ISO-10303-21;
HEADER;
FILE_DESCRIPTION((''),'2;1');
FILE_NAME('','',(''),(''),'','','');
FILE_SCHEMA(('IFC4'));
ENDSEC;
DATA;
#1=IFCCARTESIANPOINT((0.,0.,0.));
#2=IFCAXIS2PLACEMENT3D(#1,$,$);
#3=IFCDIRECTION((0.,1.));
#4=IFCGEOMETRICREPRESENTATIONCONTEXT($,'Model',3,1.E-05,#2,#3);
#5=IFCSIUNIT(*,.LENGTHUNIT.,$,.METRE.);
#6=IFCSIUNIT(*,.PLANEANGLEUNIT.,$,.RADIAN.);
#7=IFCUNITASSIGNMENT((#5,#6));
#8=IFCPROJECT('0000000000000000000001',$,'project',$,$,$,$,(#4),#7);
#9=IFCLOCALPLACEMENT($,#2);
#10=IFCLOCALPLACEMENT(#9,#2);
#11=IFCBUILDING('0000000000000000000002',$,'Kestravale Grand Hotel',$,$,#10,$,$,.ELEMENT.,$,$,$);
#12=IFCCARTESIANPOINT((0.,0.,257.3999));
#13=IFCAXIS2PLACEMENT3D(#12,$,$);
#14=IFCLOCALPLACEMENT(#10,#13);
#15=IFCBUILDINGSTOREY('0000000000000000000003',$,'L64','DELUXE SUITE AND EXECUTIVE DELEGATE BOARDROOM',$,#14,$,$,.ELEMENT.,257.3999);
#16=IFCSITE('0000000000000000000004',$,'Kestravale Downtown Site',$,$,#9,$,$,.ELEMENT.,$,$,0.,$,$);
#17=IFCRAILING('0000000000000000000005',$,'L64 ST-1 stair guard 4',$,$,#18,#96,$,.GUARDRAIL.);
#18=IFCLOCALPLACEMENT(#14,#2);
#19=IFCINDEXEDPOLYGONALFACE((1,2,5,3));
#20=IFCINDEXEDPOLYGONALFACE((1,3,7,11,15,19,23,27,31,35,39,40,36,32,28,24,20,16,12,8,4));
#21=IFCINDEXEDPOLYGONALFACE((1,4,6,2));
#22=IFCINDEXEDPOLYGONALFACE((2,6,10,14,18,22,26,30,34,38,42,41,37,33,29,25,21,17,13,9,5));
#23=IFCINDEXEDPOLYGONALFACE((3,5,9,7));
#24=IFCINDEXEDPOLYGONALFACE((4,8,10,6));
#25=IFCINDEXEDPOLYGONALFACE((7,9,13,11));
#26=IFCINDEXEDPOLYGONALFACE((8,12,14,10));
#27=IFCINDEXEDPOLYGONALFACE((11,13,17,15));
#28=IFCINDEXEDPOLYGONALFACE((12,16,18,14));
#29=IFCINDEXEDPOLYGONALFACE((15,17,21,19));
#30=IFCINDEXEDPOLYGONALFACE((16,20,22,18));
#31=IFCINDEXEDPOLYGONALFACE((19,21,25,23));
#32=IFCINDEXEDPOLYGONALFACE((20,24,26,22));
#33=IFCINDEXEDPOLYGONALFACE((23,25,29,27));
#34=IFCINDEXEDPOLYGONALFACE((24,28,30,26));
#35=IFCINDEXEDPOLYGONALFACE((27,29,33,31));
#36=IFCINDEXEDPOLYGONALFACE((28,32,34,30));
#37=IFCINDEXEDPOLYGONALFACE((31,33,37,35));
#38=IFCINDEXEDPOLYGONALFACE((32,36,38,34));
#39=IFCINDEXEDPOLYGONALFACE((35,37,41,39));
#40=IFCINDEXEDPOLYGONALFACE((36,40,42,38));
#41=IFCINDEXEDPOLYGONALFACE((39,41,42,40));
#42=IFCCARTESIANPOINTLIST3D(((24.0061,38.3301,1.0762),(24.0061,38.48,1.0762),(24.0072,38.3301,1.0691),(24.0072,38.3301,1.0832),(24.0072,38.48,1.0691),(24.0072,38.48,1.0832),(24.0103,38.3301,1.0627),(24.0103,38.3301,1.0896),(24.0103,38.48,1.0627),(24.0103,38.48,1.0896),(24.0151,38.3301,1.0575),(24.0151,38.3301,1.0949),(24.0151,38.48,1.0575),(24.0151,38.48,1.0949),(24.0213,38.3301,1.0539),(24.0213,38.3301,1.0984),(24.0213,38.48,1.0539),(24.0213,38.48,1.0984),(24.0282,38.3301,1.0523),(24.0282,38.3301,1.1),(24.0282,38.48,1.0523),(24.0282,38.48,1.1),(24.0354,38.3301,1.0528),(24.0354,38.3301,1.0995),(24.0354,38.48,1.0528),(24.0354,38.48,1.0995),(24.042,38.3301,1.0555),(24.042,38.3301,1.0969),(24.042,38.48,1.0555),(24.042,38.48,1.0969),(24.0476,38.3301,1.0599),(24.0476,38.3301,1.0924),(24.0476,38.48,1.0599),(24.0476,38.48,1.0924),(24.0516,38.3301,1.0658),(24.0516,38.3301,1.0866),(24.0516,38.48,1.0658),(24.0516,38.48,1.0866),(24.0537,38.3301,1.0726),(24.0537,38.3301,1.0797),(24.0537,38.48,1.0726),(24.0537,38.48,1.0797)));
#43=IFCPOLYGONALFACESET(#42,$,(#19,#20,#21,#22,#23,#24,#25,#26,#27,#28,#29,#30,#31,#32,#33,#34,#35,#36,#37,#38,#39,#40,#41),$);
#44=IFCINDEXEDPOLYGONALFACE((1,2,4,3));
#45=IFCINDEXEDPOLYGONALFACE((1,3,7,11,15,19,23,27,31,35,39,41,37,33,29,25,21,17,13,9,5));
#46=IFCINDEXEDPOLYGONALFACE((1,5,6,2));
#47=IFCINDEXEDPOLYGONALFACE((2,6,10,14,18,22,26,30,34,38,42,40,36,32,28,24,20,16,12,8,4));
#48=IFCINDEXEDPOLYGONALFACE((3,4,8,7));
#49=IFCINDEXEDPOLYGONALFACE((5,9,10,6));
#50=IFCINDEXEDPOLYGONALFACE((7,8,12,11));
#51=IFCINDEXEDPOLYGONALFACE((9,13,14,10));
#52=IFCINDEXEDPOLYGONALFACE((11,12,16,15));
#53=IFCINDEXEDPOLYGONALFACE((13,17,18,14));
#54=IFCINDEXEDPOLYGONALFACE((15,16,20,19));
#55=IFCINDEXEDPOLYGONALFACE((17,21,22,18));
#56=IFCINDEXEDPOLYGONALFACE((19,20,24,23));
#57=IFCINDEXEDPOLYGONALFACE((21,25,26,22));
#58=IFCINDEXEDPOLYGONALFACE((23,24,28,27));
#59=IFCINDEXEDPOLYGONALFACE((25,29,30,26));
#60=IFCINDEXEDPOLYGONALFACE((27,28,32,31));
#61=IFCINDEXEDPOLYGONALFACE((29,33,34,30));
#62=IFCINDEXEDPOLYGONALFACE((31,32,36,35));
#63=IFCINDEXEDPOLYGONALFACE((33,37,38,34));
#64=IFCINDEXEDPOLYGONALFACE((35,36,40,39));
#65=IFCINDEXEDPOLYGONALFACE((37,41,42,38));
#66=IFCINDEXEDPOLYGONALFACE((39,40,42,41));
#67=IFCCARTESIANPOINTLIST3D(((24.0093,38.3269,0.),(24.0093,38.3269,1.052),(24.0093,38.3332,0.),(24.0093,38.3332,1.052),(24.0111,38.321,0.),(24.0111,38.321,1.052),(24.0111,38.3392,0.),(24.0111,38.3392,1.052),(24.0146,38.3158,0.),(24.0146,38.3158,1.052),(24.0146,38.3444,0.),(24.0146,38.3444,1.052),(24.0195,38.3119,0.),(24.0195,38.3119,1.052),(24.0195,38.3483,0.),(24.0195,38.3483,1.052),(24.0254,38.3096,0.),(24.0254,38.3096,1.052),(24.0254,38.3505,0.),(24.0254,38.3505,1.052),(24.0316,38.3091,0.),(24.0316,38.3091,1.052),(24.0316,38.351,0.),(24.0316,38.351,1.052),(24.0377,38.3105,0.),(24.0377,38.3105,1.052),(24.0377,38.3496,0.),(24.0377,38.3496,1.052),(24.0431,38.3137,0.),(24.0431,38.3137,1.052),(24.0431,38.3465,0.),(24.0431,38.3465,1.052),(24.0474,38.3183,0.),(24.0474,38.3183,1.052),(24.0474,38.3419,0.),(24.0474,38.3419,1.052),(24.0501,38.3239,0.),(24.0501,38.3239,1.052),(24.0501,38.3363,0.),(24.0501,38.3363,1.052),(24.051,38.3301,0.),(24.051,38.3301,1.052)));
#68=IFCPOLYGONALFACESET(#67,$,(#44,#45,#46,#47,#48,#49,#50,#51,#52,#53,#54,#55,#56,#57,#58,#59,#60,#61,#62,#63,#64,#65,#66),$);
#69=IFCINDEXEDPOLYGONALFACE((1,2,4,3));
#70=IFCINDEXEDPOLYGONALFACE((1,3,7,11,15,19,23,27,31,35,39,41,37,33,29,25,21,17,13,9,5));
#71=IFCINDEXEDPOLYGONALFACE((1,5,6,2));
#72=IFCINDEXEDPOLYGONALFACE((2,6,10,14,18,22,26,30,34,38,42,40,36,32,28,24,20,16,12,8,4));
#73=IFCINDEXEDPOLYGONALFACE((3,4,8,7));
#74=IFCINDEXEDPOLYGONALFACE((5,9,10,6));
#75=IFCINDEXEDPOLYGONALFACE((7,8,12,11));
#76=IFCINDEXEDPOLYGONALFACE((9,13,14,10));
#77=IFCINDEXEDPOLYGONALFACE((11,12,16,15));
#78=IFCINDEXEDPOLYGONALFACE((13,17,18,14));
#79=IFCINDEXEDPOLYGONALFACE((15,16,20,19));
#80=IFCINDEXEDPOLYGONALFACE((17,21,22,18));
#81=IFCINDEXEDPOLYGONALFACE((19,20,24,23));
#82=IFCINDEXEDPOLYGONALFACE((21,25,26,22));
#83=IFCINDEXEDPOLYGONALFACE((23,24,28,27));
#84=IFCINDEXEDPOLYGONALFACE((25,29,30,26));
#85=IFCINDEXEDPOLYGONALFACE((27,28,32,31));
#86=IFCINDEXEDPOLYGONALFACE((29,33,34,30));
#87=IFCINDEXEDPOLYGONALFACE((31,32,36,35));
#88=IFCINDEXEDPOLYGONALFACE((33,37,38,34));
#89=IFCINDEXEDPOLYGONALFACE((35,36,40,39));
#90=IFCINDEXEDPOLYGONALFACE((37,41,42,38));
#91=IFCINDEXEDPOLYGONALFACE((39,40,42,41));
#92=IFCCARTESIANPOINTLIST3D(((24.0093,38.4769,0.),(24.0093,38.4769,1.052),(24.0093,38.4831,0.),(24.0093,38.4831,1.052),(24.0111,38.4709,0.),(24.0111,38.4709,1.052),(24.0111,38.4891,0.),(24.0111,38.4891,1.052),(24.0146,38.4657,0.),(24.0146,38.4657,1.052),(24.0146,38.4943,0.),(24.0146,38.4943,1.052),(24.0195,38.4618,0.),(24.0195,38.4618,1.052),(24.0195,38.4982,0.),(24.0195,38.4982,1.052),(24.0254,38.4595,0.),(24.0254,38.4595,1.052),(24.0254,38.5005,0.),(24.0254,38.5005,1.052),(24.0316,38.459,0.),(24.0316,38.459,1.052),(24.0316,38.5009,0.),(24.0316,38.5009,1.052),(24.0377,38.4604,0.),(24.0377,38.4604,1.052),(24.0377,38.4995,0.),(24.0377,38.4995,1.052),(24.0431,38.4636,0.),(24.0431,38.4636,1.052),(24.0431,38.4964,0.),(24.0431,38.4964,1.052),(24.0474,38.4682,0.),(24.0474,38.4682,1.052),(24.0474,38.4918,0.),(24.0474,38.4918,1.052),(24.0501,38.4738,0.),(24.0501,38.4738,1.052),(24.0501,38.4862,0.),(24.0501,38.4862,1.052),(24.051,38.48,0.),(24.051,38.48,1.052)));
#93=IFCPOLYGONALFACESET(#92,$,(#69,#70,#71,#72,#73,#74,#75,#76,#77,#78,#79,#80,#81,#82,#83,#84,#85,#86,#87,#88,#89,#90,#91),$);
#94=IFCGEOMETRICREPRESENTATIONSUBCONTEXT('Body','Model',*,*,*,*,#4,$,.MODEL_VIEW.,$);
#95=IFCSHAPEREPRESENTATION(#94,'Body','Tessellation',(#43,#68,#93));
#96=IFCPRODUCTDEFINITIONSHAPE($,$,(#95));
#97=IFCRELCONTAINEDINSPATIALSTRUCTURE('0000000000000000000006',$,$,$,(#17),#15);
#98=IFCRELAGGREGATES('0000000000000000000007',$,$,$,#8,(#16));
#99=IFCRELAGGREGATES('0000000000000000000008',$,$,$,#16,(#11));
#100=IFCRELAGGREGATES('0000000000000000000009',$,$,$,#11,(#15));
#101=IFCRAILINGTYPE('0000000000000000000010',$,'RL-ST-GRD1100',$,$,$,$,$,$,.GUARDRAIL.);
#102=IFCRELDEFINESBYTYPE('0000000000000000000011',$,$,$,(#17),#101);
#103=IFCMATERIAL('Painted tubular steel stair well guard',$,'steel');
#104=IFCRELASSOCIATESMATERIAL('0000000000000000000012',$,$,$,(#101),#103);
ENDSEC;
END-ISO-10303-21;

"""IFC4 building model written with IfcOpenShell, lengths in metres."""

from ifc_helpers import new_model, si_unit, direction, frame, origin, origin_2d, place, context, subcontext, project, spatial, circle, extrude, material, type_object, element, save


model = new_model("IFC4")

# Units and contexts
model_context = context("Model", 3, precision=1e-05, world=origin(), true_north=direction((0.0, 1.0)))
body_context = subcontext(model_context, "Body", "Model", "MODEL_VIEW")
ifc_project = project(units=[si_unit("LENGTHUNIT", "METRE"), si_unit("PLANEANGLEUNIT", "RADIAN")], contexts=[model_context])

# Site, building, storey
site_placement = place(None, origin())
site = spatial("IfcSite", under=ifc_project, at=site_placement, Name="Kestravale Downtown Site", CompositionType="ELEMENT", RefElevation=0.0)
building_placement = place(site_placement, origin())
building = spatial("IfcBuilding", under=site, at=building_placement, Name="Kestravale Grand Hotel", CompositionType="ELEMENT")
storey_placement = place(building_placement, frame((0.0, 0.0, 257.3999)))
storey = spatial("IfcBuildingStorey", under=building, at=storey_placement, Name="L64", Description="DELUXE SUITE AND EXECUTIVE DELEGATE BOARDROOM", CompositionType="ELEMENT", Elevation=257.3999)

# Railing
ifc_material_1 = material(Name="Painted tubular steel stair well guard", Category="steel")
railing_type_1 = type_object("IfcRailingType", Name="RL-ST-GRD1100", PredefinedType="GUARDRAIL", material=ifc_material_1)
railing_1_placement = place(storey_placement, frame((24.03, 38.3301, 0.0)))
element("IfcRailing", 1, at=railing_1_placement, inside=storey, type_object=railing_type_1, Name="L64 ST-1 stair guard 4", PredefinedType="GUARDRAIL", context=body_context, shape_type="SweptSolid", body=[
    extrude(circle(Radius=0.0239, at=origin_2d()), frame((0.0, 0.0, 1.0762), z_axis=(0.0, 1.0, 0.0), x_axis=(-1.0, 0.0, 0.0)), (0.0, 0.0, 1.0), 0.1499),
    extrude(circle(Radius=0.021, at=origin_2d()), origin(), (0.0, 0.0, 1.0), 1.052),
    extrude(circle(Radius=0.021, at=origin_2d()), frame((0.0, 0.1499, 0.0)), (0.0, 0.0, 1.0), 1.052),
])

save(model, "model.ifc")
